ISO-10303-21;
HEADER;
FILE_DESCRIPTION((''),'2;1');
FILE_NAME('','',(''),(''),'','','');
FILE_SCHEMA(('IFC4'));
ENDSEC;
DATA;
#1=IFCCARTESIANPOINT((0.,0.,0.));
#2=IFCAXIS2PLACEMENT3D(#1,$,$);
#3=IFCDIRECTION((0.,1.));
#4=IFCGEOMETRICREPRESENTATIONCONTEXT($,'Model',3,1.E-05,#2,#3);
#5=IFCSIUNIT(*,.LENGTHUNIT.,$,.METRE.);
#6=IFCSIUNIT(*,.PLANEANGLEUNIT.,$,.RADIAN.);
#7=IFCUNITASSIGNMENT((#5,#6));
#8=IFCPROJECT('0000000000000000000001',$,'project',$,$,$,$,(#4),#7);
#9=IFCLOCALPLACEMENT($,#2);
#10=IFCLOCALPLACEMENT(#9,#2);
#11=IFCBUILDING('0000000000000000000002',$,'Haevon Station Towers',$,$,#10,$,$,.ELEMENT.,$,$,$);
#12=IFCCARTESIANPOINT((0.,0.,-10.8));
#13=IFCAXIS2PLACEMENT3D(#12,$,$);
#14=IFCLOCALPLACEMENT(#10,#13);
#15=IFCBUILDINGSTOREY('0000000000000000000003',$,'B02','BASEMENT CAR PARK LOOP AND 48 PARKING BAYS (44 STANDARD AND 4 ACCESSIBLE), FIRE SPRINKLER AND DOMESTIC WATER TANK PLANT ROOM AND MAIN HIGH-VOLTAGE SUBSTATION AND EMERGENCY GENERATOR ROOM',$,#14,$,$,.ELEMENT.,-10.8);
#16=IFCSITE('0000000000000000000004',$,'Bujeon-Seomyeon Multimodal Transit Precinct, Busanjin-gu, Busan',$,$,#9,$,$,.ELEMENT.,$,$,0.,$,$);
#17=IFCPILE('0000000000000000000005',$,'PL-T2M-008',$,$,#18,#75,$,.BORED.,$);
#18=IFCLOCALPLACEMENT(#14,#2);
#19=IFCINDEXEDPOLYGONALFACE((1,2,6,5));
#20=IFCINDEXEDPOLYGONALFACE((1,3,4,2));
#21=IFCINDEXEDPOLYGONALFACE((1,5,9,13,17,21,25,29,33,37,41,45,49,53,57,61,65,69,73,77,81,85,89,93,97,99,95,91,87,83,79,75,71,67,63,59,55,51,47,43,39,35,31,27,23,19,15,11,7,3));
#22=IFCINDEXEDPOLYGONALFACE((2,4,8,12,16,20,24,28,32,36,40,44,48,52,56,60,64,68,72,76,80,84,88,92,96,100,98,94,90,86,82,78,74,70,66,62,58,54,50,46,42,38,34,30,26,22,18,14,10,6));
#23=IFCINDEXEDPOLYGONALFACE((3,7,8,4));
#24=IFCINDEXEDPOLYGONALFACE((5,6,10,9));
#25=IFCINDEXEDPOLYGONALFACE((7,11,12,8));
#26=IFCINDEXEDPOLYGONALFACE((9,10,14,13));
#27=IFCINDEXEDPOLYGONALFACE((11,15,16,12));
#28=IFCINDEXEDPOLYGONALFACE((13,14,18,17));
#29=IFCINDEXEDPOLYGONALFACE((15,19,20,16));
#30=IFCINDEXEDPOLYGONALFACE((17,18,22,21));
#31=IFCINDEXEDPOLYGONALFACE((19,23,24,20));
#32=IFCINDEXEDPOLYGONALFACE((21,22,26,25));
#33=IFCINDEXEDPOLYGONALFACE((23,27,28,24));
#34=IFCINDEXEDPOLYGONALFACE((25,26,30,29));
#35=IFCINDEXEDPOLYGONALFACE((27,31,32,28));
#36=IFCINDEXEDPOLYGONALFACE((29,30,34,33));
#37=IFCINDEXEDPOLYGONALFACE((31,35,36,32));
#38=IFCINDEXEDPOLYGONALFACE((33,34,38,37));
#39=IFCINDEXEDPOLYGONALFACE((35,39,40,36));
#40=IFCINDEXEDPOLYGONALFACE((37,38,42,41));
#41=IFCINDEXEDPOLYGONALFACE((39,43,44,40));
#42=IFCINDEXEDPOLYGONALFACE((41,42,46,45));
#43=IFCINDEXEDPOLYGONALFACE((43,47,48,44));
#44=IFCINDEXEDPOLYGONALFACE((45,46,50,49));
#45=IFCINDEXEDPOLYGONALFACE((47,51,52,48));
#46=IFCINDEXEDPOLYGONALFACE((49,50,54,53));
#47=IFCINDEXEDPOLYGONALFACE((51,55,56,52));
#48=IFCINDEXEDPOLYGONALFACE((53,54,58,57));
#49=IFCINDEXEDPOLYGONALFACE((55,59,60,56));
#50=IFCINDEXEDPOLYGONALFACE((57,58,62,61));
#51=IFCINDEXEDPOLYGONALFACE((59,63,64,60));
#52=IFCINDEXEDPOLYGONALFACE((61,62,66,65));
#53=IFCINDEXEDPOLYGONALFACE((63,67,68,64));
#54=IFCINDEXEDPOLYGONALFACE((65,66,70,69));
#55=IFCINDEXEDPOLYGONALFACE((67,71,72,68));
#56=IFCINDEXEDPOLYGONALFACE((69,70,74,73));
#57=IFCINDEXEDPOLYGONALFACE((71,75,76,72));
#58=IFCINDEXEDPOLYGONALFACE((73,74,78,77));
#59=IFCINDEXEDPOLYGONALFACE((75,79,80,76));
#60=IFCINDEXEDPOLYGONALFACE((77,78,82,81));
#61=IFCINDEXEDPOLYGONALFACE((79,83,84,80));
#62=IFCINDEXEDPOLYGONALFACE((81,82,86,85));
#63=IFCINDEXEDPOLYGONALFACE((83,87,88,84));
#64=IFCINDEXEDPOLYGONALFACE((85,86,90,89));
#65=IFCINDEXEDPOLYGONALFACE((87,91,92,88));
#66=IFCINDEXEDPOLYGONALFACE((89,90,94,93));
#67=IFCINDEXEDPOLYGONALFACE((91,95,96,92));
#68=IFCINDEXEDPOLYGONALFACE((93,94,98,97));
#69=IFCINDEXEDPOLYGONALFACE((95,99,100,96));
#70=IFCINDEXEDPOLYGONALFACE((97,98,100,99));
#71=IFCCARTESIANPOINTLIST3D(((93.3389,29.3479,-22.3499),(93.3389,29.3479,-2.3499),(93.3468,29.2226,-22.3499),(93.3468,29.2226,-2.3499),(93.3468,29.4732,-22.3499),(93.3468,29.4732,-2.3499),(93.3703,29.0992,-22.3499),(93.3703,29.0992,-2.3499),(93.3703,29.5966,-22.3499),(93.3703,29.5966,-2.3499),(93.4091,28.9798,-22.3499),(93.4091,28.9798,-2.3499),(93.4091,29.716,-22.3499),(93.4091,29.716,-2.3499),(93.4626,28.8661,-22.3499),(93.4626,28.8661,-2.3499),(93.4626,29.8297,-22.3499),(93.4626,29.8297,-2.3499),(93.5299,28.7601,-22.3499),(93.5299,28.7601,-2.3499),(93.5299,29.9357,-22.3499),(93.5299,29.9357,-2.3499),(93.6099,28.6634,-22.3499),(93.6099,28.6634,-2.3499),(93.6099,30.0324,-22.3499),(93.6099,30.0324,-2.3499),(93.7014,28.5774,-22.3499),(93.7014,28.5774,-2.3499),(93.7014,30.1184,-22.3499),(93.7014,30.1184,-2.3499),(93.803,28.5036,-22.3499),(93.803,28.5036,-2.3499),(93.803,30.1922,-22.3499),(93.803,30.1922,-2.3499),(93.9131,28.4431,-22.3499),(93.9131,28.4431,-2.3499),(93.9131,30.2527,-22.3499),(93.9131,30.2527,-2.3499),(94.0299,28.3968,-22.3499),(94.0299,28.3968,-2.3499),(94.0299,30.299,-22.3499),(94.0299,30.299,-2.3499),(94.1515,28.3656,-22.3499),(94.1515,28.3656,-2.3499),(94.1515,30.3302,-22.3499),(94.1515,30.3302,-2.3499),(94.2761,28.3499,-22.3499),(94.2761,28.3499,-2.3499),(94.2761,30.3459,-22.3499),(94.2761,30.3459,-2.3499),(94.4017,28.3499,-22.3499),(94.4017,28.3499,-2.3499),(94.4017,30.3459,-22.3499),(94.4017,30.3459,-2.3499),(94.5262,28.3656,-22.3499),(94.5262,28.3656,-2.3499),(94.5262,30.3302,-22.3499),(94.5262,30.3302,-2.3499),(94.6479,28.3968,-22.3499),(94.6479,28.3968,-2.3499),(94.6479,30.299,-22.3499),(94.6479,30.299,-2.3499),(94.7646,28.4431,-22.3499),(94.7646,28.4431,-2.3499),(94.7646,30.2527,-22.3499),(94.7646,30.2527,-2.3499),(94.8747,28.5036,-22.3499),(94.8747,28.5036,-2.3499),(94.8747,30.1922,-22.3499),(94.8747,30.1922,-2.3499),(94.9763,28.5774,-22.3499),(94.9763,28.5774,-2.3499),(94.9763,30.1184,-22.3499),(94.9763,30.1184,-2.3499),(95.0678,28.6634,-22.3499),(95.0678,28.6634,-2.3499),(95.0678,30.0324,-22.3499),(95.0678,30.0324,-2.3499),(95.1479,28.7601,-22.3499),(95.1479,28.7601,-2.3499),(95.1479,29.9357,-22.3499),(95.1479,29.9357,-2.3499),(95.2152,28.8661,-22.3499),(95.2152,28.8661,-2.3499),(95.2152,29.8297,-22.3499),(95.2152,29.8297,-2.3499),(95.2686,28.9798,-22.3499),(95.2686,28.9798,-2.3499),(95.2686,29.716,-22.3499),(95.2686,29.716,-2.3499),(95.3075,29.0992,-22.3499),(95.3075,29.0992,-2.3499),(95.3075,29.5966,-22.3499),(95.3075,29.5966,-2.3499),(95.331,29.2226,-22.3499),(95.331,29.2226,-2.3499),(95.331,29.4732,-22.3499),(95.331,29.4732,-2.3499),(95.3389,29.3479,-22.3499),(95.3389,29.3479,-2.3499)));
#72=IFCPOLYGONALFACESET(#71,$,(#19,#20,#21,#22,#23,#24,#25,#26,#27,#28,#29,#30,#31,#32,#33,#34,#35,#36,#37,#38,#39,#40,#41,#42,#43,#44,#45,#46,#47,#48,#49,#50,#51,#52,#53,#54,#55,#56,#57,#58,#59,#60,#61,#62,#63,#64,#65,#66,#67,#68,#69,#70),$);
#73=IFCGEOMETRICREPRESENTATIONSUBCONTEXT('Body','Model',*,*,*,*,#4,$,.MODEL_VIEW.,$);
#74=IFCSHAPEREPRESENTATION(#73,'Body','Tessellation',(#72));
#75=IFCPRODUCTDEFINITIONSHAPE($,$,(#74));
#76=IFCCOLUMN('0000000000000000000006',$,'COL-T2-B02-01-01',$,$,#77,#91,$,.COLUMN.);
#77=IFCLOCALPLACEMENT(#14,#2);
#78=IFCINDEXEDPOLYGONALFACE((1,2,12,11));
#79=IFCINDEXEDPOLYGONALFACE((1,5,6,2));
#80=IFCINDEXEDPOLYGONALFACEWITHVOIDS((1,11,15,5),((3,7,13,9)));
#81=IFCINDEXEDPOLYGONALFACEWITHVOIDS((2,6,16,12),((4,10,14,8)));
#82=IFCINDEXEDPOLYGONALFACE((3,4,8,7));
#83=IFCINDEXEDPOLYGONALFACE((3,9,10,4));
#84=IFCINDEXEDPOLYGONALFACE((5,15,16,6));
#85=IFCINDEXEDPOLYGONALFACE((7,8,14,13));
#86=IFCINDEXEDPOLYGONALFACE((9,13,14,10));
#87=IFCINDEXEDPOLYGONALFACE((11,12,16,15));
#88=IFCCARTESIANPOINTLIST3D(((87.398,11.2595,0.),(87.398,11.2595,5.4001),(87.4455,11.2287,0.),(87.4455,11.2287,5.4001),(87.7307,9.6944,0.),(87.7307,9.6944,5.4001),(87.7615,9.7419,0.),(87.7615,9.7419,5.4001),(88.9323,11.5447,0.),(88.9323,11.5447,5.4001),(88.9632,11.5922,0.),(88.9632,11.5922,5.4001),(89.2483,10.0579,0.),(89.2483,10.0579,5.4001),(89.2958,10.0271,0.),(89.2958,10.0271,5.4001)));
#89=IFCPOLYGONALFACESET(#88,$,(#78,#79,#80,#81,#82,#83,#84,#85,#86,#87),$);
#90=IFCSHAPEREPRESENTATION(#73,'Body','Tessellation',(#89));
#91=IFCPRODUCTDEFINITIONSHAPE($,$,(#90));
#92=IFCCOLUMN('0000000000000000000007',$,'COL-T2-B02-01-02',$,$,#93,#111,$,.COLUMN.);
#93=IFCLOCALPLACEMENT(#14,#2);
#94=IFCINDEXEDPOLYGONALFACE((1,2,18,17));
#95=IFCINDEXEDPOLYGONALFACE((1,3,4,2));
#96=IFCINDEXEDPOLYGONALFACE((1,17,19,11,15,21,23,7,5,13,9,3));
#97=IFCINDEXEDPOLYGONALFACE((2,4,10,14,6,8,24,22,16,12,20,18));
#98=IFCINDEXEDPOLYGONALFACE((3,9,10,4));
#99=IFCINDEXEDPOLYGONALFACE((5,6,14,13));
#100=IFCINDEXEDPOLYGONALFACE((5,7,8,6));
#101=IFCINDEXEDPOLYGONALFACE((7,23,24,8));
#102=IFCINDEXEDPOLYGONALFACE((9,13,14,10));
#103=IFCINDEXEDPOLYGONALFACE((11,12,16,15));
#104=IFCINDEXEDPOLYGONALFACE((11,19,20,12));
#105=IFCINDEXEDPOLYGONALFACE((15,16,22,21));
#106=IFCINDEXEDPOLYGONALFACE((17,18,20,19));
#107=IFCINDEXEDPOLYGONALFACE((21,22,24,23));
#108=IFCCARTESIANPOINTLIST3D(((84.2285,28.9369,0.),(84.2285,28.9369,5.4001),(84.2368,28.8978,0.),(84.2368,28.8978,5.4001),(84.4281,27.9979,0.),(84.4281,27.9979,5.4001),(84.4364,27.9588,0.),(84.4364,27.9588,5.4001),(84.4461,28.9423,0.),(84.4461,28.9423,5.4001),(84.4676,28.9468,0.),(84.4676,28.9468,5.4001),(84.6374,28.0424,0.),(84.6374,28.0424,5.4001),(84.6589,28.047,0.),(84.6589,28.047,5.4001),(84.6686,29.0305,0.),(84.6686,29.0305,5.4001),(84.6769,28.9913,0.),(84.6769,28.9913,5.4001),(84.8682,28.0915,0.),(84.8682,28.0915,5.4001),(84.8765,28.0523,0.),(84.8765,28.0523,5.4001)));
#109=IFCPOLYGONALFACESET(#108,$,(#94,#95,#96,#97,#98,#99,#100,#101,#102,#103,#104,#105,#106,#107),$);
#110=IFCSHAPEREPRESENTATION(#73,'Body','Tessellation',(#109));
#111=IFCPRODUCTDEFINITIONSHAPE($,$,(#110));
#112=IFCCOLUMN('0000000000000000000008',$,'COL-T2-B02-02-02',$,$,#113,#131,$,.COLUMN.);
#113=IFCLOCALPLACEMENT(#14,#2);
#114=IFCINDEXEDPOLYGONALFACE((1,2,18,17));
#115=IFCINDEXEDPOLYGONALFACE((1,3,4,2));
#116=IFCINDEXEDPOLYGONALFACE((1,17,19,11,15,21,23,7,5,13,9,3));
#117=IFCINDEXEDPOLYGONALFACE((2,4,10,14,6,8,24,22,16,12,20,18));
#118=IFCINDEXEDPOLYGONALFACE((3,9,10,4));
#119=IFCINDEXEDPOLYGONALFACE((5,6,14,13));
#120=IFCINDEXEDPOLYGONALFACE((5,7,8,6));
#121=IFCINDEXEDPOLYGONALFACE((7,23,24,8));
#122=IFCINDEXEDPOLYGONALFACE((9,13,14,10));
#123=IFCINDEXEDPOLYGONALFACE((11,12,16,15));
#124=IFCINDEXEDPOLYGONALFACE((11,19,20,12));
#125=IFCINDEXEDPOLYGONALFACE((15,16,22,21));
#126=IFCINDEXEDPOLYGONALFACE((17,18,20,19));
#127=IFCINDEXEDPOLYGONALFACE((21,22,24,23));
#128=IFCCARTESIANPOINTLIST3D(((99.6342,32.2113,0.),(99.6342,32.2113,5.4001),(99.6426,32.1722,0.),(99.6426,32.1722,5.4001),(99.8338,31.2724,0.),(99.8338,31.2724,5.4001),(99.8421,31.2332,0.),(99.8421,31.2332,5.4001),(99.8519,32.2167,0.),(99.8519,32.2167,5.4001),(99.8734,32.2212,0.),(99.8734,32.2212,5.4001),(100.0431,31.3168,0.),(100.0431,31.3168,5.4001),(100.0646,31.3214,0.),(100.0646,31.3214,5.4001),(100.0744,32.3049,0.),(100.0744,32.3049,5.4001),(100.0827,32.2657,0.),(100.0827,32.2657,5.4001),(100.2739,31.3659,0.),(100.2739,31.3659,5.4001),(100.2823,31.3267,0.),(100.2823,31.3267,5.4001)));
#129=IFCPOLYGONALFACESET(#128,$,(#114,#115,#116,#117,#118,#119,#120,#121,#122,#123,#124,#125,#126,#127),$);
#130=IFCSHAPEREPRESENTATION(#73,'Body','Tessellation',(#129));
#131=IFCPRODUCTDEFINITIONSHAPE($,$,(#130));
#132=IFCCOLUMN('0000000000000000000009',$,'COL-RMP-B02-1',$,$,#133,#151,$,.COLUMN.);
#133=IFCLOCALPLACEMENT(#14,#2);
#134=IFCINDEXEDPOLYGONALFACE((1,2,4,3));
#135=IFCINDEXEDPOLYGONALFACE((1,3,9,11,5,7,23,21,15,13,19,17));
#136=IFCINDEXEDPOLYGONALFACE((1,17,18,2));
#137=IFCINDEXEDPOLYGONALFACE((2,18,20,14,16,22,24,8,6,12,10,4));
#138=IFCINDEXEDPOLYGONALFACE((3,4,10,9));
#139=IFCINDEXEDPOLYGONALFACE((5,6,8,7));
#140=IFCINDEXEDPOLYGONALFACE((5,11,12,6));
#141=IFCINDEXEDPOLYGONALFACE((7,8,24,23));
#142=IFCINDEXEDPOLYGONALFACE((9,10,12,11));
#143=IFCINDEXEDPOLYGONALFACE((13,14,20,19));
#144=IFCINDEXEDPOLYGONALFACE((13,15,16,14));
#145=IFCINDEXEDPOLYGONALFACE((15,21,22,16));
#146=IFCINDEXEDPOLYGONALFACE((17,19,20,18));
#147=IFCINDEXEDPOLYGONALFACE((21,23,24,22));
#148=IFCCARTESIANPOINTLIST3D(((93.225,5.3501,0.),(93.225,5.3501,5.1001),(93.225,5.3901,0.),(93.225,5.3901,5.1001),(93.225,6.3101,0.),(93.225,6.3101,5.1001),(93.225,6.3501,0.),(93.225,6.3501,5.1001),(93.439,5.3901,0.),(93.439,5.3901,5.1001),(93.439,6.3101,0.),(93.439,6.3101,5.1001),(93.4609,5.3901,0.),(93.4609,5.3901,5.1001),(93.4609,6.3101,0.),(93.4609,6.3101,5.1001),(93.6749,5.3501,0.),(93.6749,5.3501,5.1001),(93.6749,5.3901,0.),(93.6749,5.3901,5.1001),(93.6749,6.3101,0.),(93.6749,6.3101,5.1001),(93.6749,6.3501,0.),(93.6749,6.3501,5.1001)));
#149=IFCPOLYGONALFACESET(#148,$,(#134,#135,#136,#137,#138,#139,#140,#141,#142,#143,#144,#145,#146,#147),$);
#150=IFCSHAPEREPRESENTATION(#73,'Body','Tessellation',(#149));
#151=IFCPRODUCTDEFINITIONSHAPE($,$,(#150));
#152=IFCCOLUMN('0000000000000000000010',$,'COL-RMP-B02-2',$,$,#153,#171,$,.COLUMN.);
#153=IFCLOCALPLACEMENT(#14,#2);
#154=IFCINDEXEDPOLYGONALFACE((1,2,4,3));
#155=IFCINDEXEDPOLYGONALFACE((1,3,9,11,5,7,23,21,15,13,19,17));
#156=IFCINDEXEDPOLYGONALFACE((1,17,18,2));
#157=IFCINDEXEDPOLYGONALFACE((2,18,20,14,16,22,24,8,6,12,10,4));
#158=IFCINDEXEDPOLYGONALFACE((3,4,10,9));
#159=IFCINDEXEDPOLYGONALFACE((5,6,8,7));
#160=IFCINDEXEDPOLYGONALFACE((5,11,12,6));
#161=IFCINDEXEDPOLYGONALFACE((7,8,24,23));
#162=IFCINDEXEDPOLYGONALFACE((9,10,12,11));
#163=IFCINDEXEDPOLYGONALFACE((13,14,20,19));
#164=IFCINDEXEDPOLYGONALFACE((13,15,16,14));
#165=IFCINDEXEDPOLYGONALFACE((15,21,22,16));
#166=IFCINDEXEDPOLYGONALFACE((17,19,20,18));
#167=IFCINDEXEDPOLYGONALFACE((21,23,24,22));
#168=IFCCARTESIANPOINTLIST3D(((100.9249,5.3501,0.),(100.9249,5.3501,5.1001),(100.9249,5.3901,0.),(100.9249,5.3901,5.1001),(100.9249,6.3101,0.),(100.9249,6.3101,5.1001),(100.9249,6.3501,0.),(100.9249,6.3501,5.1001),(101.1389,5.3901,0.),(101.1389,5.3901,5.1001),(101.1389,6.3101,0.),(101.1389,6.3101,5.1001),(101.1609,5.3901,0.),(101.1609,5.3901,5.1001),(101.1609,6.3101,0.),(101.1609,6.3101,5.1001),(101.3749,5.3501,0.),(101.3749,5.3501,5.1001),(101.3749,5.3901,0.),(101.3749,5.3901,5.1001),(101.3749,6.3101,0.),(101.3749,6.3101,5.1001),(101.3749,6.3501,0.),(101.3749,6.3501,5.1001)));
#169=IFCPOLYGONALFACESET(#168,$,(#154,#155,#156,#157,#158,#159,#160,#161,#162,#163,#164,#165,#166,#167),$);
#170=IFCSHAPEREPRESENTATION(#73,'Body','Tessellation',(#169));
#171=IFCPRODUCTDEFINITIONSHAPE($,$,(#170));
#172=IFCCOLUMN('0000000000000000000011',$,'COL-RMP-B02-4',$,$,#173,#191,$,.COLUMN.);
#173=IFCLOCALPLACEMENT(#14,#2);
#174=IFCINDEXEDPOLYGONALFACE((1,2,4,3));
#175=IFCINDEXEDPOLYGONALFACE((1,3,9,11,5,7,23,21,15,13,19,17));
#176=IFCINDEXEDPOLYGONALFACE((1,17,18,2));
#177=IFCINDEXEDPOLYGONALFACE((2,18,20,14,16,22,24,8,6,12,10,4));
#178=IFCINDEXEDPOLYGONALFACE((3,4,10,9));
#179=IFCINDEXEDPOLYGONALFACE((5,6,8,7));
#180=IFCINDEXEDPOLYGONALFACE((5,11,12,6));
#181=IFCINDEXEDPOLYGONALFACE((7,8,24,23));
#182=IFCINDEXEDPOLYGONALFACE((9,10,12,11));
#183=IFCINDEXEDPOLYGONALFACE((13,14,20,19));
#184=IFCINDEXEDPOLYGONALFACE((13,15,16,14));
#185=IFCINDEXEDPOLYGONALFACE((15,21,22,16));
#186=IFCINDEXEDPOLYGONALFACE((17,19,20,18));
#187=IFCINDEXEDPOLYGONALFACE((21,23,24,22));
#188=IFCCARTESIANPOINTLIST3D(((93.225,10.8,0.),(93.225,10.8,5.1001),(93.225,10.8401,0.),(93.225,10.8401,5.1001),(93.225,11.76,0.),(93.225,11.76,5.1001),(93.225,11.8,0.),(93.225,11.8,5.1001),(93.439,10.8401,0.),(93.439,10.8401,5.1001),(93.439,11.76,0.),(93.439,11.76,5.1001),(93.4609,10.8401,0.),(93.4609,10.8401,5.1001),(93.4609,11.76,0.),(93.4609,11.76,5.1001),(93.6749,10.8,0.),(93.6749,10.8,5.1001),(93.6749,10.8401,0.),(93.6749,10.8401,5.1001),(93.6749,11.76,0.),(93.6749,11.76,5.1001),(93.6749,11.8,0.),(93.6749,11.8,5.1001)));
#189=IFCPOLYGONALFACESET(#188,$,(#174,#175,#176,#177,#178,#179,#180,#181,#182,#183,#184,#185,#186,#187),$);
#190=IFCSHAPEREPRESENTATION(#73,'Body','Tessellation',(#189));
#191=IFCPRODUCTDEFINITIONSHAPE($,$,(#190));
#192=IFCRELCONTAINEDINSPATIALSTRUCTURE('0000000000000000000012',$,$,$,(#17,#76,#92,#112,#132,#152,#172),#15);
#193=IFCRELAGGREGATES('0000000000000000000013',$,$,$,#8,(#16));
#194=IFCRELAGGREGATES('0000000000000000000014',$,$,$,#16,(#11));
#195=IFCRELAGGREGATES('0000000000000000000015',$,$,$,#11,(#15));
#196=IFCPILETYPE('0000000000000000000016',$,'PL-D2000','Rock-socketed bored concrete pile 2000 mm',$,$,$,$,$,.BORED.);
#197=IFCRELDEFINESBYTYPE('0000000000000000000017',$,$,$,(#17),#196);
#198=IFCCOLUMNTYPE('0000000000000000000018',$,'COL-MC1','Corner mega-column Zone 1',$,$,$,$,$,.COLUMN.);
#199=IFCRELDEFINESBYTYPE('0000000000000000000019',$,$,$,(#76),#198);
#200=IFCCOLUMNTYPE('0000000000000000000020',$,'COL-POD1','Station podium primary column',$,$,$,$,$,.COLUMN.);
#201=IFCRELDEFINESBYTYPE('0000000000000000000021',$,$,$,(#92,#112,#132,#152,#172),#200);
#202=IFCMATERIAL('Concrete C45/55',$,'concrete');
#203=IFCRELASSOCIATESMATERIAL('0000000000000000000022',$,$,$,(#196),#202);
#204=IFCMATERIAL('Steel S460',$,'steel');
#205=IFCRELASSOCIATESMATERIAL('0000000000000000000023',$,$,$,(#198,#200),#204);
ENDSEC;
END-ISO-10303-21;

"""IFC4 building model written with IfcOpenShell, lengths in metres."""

from ifc_helpers import new_model, si_unit, direction, frame, origin, origin_2d, place, context, subcontext, project, spatial, hollow_rectangle, circle, i_section, extrude, material, material_profile, profile_set, type_object, element, save


model = new_model("IFC4")

# Units and contexts
model_context = context("Model", 3, precision=1e-05, world=origin(), true_north=direction((0.0, 1.0)))
body_context = subcontext(model_context, "Body", "Model", "MODEL_VIEW")
ifc_project = project(units=[si_unit("LENGTHUNIT", "METRE"), si_unit("PLANEANGLEUNIT", "RADIAN")], contexts=[model_context])

# Site, building, storey
site_placement = place(None, origin())
site = spatial("IfcSite", under=ifc_project, at=site_placement, Name="Bujeon-Seomyeon Multimodal Transit Precinct, Busanjin-gu, Busan", CompositionType="ELEMENT", RefElevation=0.0)
building_placement = place(site_placement, origin())
building = spatial("IfcBuilding", under=site, at=building_placement, Name="Haevon Station Towers", CompositionType="ELEMENT")
storey_placement = place(building_placement, frame((0.0, 0.0, -10.8)))
storey = spatial("IfcBuildingStorey", under=building, at=storey_placement, Name="B02", Description="BASEMENT CAR PARK LOOP AND 48 PARKING BAYS (44 STANDARD AND 4 ACCESSIBLE), FIRE SPRINKLER AND DOMESTIC WATER TANK PLANT ROOM AND MAIN HIGH-VOLTAGE SUBSTATION AND EMERGENCY GENERATOR ROOM", CompositionType="ELEMENT", Elevation=-10.8)

# Pile
ifc_material_1 = material(Name="Concrete C45/55", Category="concrete")
ifc_material_profile_1 = material_profile(ifc_material_1, circle(Radius=1.0, at=origin_2d()), Name="PILE-D2000")
ifc_profile_set_1 = profile_set([ifc_material_profile_1], Name="Concrete C45/55")
pile_type_1 = type_object("IfcPileType", Name="PL-D2000", Description="Rock-socketed bored concrete pile 2000 mm", PredefinedType="BORED", material=ifc_profile_set_1)
for number, where, z_axis, x_axis, name in (
    (1, (94.3389, 29.3479, -2.3499), (0.0, 0.0, -1.0), (1.0, 0.0, 0.0), "PL-T2M-008"),
):
    element("IfcPile", number, at=place(storey_placement, frame(where, z_axis=z_axis, x_axis=x_axis)), inside=storey, type_object=pile_type_1, Name=name, PredefinedType="BORED", context=body_context, shape_type="SweptSolid", body=[
        extrude(circle(Radius=1.0, at=origin_2d()), origin(), (0.0, 0.0, 1.0), 20.0),
    ])

# Columns
ifc_material_2 = material(Name="Steel S460", Category="steel")
ifc_material_profile_2 = material_profile(ifc_material_2, hollow_rectangle(XDim=1.6001, YDim=1.6001, WallThickness=0.04, at=origin_2d()), Name="BOX-1600x1600x40")
ifc_profile_set_2 = profile_set([ifc_material_profile_2], Name="Steel S460")
column_type_1 = type_object("IfcColumnType", Name="COL-MC1", Description="Corner mega-column Zone 1", PredefinedType="COLUMN", material=ifc_profile_set_2)
column_placement = place(storey_placement, frame((88.3469, 10.6433, 0.0), z_axis=(0.0, 0.0, 1.0), x_axis=(0.978148, 0.207912, 0.0)))
element("IfcColumn", 2, at=column_placement, inside=storey, type_object=column_type_1, Name="COL-T2-B02-01-01", PredefinedType="COLUMN", context=body_context, shape_type="SweptSolid", body=[
    extrude(hollow_rectangle(XDim=1.6001, YDim=1.6001, WallThickness=0.04, at=origin_2d()), origin(), (0.0, 0.0, 1.0), 5.4001),
])
ifc_material_profile_3 = material_profile(ifc_material_2, i_section(OverallWidth=0.45, OverallDepth=1.0, WebThickness=0.022, FlangeThickness=0.04, at=origin_2d()), Name="H-1000x450x22x40")
ifc_profile_set_3 = profile_set([ifc_material_profile_3], Name="Steel S460")
column_type_2 = type_object("IfcColumnType", Name="COL-POD1", Description="Station podium primary column", PredefinedType="COLUMN", material=ifc_profile_set_3)
for number, where, z_axis, x_axis, name in (
    (3, (84.5525, 28.4946, 0.0), (0.0, 0.0, 1.0), (0.978148, 0.207912, 0.0), "COL-T2-B02-01-02"),
    (4, (99.9583, 31.769, 0.0), (0.0, 0.0, 1.0), (0.978148, 0.207912, 0.0), "COL-T2-B02-02-02"),
):
    element("IfcColumn", number, at=place(storey_placement, frame(where, z_axis=z_axis, x_axis=x_axis)), inside=storey, type_object=column_type_2, Name=name, PredefinedType="COLUMN", context=body_context, shape_type="SweptSolid", body=[
        extrude(i_section(OverallWidth=0.45, OverallDepth=1.0, WebThickness=0.022, FlangeThickness=0.04, at=origin_2d()), origin(), (0.0, 0.0, 1.0), 5.4001),
    ])
for number, where, z_axis, x_axis, name in (
    (5, (93.45, 5.8501, 0.0), (0.0, 0.0, 1.0), (1.0, 0.0, 0.0), "COL-RMP-B02-1"),
    (6, (101.1499, 5.8501, 0.0), (0.0, 0.0, 1.0), (1.0, 0.0, 0.0), "COL-RMP-B02-2"),
    (7, (93.45, 11.3, 0.0), (0.0, 0.0, 1.0), (1.0, 0.0, 0.0), "COL-RMP-B02-4"),
):
    element("IfcColumn", number, at=place(storey_placement, frame(where, z_axis=z_axis, x_axis=x_axis)), inside=storey, type_object=column_type_2, Name=name, PredefinedType="COLUMN", context=body_context, shape_type="SweptSolid", body=[
        extrude(i_section(OverallWidth=0.45, OverallDepth=1.0, WebThickness=0.022, FlangeThickness=0.04, at=origin_2d()), origin(), (0.0, 0.0, 1.0), 5.1001),
    ])

save(model, "model.ifc")
